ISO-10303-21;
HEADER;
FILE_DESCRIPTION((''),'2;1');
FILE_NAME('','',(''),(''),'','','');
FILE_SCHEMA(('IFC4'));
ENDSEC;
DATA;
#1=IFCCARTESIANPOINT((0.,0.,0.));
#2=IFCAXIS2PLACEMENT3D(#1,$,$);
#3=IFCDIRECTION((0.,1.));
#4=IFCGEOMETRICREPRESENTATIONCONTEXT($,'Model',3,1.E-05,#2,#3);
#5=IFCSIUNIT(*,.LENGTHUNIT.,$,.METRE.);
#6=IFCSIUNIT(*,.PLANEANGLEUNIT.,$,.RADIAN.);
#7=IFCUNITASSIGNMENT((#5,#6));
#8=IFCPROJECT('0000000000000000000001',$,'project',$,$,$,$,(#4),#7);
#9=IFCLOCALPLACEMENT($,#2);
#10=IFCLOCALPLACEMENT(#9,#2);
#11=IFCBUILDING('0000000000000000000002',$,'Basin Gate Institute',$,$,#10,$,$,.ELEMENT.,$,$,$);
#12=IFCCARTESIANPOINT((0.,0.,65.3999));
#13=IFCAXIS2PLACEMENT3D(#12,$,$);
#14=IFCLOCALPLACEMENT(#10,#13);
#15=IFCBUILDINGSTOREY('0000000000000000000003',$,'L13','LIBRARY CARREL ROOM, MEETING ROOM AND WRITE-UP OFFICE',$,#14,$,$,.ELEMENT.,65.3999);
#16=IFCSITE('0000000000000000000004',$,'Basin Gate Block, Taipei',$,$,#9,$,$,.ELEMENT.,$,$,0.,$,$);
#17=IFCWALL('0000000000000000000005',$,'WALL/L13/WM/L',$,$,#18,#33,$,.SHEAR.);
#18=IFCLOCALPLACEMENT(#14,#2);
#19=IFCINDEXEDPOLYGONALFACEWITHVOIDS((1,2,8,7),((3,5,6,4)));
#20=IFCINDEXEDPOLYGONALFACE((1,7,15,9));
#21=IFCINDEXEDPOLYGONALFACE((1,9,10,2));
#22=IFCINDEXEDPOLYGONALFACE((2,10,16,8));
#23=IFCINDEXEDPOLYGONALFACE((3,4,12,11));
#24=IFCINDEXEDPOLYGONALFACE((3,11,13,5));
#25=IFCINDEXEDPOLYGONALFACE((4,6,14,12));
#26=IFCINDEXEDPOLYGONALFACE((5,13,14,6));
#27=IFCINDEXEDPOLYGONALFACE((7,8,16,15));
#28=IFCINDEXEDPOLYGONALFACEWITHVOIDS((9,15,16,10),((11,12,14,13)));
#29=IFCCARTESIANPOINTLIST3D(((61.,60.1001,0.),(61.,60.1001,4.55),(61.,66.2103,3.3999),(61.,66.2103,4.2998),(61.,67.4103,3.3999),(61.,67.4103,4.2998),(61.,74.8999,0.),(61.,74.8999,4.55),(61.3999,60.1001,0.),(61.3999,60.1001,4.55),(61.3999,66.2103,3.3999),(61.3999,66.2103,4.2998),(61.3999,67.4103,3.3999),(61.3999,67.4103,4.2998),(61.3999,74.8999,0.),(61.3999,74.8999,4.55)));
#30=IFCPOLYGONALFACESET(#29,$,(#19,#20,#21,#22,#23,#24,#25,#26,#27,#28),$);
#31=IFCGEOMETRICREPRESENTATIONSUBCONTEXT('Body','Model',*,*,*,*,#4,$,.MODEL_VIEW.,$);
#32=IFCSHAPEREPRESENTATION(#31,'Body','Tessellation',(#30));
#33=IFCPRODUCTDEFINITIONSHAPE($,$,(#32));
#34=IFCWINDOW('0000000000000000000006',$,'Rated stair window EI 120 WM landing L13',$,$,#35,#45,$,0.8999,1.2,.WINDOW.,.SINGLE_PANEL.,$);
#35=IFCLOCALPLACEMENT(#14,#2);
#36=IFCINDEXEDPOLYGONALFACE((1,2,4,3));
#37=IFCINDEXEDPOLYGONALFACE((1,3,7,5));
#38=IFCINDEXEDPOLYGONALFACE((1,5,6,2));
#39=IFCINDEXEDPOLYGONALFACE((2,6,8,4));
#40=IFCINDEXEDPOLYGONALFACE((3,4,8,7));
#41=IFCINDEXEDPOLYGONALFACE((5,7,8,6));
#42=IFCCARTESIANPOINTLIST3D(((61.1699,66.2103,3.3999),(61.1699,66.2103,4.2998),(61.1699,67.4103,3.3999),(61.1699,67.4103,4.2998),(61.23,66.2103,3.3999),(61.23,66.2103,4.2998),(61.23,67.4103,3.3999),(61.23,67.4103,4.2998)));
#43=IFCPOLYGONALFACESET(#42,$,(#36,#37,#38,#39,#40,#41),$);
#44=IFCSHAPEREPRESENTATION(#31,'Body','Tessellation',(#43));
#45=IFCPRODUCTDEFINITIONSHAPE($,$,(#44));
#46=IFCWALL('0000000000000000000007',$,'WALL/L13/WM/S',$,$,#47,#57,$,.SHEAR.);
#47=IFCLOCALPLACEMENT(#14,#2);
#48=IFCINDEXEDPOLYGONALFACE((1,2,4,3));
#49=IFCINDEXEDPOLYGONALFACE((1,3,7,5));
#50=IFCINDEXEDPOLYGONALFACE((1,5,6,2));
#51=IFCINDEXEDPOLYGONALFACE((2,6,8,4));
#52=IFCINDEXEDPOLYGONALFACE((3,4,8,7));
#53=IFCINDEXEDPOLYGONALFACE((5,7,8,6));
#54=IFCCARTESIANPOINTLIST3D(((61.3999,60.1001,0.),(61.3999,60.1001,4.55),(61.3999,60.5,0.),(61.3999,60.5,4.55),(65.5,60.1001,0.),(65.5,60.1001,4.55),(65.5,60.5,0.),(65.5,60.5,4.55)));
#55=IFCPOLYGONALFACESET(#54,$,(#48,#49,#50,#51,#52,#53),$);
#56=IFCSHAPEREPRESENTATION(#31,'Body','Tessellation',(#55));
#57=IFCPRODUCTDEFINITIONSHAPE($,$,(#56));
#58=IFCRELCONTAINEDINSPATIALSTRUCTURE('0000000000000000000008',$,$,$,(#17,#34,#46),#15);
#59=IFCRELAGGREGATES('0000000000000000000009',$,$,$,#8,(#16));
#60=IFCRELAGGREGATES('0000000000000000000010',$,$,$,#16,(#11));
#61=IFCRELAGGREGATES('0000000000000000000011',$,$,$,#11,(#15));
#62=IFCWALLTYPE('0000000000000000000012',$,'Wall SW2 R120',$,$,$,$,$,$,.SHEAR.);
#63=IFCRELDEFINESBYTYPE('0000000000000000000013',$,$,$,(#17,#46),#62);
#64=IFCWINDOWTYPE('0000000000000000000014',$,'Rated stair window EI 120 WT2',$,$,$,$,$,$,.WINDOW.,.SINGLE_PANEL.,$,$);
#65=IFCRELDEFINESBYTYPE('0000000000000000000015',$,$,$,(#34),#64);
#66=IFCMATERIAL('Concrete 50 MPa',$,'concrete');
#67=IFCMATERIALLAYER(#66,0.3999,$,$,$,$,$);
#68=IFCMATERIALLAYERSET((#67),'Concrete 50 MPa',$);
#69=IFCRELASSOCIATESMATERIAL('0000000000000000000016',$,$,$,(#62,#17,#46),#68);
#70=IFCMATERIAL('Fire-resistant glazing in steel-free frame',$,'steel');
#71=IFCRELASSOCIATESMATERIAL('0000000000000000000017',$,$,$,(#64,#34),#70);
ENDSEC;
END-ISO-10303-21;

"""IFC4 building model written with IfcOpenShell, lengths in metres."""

from ifc_helpers import new_model, si_unit, direction, frame, frame_2d, origin, place, context, subcontext, project, spatial, rectangle, extrude, material, layer, layer_set, type_object, element, fill, save


model = new_model("IFC4")

# Units and contexts
model_context = context("Model", 3, precision=1e-05, world=origin(), true_north=direction((0.0, 1.0)))
body_context = subcontext(model_context, "Body", "Model", "MODEL_VIEW")
ifc_project = project(units=[si_unit("LENGTHUNIT", "METRE"), si_unit("PLANEANGLEUNIT", "RADIAN")], contexts=[model_context])

# Site, building, storey
site_placement = place(None, origin())
site = spatial("IfcSite", under=ifc_project, at=site_placement, Name="Basin Gate Block, Taipei", CompositionType="ELEMENT", RefElevation=0.0)
building_placement = place(site_placement, origin())
building = spatial("IfcBuilding", under=site, at=building_placement, Name="Basin Gate Institute", CompositionType="ELEMENT")
storey_placement = place(building_placement, frame((0.0, 0.0, 65.3999)))
storey = spatial("IfcBuildingStorey", under=building, at=storey_placement, Name="L13", Description="LIBRARY CARREL ROOM, MEETING ROOM AND WRITE-UP OFFICE", CompositionType="ELEMENT", Elevation=65.3999)

# Wall, opening, window
ifc_material_1 = material(Name="Concrete 50 MPa", Category="concrete")
ifc_layer_1 = layer(ifc_material_1, 0.3999)
ifc_layer_set_1 = layer_set([ifc_layer_1], Name="Concrete 50 MPa")
wall_type = type_object("IfcWallType", Name="Wall SW2 R120", PredefinedType="SHEAR", material=ifc_layer_set_1)
wall_1_placement = place(storey_placement, frame((61.2, 60.1001, 0.0), z_axis=(0.0, 0.0, 1.0), x_axis=(0.0, 1.0, 0.0)))
wall_1 = element("IfcWall", 1, at=wall_1_placement, inside=storey, type_object=wall_type, material=ifc_layer_set_1, Name="WALL/L13/WM/L", PredefinedType="SHEAR", context=body_context, shape_type="SweptSolid", body=[
    extrude(rectangle(XDim=14.7998, YDim=0.3999, at=frame_2d((7.3999, 0.0))), origin(), (0.0, 0.0, 1.0), 4.55),
])
opening_placement = place(wall_1_placement, frame((6.1101, 0.0, 3.3999)))
opening = element("IfcOpeningElement", 2, at=opening_placement, cuts=wall_1, PredefinedType="OPENING", context=body_context, shape_type="SweptSolid", body=[
    extrude(rectangle(XDim=1.2, YDim=0.8999, at=frame_2d((0.6001, 0.45))), frame((0.0, 0.21, 0.0), z_axis=(0.0, -1.0, 0.0), x_axis=(1.0, 0.0, 0.0)), (0.0, 0.0, 1.0), 0.4199),
])
ifc_material_2 = material(Name="Fire-resistant glazing in steel-free frame", Category="steel")
window_type = type_object("IfcWindowType", Name="Rated stair window EI 120 WT2", PartitioningType="SINGLE_PANEL", PredefinedType="WINDOW", material=ifc_material_2)
window_placement = place(opening_placement, origin())
window = element("IfcWindow", 3, at=window_placement, inside=storey, type_object=window_type, material=ifc_material_2, Name="Rated stair window EI 120 WM landing L13", OverallHeight=0.8999, OverallWidth=1.2, PartitioningType="SINGLE_PANEL", PredefinedType="WINDOW", context=body_context, shape_type="SweptSolid", body=[
    extrude(rectangle(XDim=1.2, YDim=0.8999, at=frame_2d((0.6001, 0.45))), frame((0.0, 0.03, 0.0), z_axis=(0.0, -1.0, 0.0), x_axis=(1.0, 0.0, 0.0)), (0.0, 0.0, 1.0), 0.0601),
])
fill(opening, window)

# Wall
wall_2_placement = place(storey_placement, frame((61.3999, 60.3, 0.0), z_axis=(0.0, 0.0, 1.0), x_axis=(1.0, 0.0, 0.0)))
element("IfcWall", 4, at=wall_2_placement, inside=storey, type_object=wall_type, material=ifc_layer_set_1, Name="WALL/L13/WM/S", PredefinedType="SHEAR", context=body_context, shape_type="SweptSolid", body=[
    extrude(rectangle(XDim=4.1001, YDim=0.3999, at=frame_2d((2.05, 0.0))), origin(), (0.0, 0.0, 1.0), 4.55),
])

save(model, "model.ifc")
